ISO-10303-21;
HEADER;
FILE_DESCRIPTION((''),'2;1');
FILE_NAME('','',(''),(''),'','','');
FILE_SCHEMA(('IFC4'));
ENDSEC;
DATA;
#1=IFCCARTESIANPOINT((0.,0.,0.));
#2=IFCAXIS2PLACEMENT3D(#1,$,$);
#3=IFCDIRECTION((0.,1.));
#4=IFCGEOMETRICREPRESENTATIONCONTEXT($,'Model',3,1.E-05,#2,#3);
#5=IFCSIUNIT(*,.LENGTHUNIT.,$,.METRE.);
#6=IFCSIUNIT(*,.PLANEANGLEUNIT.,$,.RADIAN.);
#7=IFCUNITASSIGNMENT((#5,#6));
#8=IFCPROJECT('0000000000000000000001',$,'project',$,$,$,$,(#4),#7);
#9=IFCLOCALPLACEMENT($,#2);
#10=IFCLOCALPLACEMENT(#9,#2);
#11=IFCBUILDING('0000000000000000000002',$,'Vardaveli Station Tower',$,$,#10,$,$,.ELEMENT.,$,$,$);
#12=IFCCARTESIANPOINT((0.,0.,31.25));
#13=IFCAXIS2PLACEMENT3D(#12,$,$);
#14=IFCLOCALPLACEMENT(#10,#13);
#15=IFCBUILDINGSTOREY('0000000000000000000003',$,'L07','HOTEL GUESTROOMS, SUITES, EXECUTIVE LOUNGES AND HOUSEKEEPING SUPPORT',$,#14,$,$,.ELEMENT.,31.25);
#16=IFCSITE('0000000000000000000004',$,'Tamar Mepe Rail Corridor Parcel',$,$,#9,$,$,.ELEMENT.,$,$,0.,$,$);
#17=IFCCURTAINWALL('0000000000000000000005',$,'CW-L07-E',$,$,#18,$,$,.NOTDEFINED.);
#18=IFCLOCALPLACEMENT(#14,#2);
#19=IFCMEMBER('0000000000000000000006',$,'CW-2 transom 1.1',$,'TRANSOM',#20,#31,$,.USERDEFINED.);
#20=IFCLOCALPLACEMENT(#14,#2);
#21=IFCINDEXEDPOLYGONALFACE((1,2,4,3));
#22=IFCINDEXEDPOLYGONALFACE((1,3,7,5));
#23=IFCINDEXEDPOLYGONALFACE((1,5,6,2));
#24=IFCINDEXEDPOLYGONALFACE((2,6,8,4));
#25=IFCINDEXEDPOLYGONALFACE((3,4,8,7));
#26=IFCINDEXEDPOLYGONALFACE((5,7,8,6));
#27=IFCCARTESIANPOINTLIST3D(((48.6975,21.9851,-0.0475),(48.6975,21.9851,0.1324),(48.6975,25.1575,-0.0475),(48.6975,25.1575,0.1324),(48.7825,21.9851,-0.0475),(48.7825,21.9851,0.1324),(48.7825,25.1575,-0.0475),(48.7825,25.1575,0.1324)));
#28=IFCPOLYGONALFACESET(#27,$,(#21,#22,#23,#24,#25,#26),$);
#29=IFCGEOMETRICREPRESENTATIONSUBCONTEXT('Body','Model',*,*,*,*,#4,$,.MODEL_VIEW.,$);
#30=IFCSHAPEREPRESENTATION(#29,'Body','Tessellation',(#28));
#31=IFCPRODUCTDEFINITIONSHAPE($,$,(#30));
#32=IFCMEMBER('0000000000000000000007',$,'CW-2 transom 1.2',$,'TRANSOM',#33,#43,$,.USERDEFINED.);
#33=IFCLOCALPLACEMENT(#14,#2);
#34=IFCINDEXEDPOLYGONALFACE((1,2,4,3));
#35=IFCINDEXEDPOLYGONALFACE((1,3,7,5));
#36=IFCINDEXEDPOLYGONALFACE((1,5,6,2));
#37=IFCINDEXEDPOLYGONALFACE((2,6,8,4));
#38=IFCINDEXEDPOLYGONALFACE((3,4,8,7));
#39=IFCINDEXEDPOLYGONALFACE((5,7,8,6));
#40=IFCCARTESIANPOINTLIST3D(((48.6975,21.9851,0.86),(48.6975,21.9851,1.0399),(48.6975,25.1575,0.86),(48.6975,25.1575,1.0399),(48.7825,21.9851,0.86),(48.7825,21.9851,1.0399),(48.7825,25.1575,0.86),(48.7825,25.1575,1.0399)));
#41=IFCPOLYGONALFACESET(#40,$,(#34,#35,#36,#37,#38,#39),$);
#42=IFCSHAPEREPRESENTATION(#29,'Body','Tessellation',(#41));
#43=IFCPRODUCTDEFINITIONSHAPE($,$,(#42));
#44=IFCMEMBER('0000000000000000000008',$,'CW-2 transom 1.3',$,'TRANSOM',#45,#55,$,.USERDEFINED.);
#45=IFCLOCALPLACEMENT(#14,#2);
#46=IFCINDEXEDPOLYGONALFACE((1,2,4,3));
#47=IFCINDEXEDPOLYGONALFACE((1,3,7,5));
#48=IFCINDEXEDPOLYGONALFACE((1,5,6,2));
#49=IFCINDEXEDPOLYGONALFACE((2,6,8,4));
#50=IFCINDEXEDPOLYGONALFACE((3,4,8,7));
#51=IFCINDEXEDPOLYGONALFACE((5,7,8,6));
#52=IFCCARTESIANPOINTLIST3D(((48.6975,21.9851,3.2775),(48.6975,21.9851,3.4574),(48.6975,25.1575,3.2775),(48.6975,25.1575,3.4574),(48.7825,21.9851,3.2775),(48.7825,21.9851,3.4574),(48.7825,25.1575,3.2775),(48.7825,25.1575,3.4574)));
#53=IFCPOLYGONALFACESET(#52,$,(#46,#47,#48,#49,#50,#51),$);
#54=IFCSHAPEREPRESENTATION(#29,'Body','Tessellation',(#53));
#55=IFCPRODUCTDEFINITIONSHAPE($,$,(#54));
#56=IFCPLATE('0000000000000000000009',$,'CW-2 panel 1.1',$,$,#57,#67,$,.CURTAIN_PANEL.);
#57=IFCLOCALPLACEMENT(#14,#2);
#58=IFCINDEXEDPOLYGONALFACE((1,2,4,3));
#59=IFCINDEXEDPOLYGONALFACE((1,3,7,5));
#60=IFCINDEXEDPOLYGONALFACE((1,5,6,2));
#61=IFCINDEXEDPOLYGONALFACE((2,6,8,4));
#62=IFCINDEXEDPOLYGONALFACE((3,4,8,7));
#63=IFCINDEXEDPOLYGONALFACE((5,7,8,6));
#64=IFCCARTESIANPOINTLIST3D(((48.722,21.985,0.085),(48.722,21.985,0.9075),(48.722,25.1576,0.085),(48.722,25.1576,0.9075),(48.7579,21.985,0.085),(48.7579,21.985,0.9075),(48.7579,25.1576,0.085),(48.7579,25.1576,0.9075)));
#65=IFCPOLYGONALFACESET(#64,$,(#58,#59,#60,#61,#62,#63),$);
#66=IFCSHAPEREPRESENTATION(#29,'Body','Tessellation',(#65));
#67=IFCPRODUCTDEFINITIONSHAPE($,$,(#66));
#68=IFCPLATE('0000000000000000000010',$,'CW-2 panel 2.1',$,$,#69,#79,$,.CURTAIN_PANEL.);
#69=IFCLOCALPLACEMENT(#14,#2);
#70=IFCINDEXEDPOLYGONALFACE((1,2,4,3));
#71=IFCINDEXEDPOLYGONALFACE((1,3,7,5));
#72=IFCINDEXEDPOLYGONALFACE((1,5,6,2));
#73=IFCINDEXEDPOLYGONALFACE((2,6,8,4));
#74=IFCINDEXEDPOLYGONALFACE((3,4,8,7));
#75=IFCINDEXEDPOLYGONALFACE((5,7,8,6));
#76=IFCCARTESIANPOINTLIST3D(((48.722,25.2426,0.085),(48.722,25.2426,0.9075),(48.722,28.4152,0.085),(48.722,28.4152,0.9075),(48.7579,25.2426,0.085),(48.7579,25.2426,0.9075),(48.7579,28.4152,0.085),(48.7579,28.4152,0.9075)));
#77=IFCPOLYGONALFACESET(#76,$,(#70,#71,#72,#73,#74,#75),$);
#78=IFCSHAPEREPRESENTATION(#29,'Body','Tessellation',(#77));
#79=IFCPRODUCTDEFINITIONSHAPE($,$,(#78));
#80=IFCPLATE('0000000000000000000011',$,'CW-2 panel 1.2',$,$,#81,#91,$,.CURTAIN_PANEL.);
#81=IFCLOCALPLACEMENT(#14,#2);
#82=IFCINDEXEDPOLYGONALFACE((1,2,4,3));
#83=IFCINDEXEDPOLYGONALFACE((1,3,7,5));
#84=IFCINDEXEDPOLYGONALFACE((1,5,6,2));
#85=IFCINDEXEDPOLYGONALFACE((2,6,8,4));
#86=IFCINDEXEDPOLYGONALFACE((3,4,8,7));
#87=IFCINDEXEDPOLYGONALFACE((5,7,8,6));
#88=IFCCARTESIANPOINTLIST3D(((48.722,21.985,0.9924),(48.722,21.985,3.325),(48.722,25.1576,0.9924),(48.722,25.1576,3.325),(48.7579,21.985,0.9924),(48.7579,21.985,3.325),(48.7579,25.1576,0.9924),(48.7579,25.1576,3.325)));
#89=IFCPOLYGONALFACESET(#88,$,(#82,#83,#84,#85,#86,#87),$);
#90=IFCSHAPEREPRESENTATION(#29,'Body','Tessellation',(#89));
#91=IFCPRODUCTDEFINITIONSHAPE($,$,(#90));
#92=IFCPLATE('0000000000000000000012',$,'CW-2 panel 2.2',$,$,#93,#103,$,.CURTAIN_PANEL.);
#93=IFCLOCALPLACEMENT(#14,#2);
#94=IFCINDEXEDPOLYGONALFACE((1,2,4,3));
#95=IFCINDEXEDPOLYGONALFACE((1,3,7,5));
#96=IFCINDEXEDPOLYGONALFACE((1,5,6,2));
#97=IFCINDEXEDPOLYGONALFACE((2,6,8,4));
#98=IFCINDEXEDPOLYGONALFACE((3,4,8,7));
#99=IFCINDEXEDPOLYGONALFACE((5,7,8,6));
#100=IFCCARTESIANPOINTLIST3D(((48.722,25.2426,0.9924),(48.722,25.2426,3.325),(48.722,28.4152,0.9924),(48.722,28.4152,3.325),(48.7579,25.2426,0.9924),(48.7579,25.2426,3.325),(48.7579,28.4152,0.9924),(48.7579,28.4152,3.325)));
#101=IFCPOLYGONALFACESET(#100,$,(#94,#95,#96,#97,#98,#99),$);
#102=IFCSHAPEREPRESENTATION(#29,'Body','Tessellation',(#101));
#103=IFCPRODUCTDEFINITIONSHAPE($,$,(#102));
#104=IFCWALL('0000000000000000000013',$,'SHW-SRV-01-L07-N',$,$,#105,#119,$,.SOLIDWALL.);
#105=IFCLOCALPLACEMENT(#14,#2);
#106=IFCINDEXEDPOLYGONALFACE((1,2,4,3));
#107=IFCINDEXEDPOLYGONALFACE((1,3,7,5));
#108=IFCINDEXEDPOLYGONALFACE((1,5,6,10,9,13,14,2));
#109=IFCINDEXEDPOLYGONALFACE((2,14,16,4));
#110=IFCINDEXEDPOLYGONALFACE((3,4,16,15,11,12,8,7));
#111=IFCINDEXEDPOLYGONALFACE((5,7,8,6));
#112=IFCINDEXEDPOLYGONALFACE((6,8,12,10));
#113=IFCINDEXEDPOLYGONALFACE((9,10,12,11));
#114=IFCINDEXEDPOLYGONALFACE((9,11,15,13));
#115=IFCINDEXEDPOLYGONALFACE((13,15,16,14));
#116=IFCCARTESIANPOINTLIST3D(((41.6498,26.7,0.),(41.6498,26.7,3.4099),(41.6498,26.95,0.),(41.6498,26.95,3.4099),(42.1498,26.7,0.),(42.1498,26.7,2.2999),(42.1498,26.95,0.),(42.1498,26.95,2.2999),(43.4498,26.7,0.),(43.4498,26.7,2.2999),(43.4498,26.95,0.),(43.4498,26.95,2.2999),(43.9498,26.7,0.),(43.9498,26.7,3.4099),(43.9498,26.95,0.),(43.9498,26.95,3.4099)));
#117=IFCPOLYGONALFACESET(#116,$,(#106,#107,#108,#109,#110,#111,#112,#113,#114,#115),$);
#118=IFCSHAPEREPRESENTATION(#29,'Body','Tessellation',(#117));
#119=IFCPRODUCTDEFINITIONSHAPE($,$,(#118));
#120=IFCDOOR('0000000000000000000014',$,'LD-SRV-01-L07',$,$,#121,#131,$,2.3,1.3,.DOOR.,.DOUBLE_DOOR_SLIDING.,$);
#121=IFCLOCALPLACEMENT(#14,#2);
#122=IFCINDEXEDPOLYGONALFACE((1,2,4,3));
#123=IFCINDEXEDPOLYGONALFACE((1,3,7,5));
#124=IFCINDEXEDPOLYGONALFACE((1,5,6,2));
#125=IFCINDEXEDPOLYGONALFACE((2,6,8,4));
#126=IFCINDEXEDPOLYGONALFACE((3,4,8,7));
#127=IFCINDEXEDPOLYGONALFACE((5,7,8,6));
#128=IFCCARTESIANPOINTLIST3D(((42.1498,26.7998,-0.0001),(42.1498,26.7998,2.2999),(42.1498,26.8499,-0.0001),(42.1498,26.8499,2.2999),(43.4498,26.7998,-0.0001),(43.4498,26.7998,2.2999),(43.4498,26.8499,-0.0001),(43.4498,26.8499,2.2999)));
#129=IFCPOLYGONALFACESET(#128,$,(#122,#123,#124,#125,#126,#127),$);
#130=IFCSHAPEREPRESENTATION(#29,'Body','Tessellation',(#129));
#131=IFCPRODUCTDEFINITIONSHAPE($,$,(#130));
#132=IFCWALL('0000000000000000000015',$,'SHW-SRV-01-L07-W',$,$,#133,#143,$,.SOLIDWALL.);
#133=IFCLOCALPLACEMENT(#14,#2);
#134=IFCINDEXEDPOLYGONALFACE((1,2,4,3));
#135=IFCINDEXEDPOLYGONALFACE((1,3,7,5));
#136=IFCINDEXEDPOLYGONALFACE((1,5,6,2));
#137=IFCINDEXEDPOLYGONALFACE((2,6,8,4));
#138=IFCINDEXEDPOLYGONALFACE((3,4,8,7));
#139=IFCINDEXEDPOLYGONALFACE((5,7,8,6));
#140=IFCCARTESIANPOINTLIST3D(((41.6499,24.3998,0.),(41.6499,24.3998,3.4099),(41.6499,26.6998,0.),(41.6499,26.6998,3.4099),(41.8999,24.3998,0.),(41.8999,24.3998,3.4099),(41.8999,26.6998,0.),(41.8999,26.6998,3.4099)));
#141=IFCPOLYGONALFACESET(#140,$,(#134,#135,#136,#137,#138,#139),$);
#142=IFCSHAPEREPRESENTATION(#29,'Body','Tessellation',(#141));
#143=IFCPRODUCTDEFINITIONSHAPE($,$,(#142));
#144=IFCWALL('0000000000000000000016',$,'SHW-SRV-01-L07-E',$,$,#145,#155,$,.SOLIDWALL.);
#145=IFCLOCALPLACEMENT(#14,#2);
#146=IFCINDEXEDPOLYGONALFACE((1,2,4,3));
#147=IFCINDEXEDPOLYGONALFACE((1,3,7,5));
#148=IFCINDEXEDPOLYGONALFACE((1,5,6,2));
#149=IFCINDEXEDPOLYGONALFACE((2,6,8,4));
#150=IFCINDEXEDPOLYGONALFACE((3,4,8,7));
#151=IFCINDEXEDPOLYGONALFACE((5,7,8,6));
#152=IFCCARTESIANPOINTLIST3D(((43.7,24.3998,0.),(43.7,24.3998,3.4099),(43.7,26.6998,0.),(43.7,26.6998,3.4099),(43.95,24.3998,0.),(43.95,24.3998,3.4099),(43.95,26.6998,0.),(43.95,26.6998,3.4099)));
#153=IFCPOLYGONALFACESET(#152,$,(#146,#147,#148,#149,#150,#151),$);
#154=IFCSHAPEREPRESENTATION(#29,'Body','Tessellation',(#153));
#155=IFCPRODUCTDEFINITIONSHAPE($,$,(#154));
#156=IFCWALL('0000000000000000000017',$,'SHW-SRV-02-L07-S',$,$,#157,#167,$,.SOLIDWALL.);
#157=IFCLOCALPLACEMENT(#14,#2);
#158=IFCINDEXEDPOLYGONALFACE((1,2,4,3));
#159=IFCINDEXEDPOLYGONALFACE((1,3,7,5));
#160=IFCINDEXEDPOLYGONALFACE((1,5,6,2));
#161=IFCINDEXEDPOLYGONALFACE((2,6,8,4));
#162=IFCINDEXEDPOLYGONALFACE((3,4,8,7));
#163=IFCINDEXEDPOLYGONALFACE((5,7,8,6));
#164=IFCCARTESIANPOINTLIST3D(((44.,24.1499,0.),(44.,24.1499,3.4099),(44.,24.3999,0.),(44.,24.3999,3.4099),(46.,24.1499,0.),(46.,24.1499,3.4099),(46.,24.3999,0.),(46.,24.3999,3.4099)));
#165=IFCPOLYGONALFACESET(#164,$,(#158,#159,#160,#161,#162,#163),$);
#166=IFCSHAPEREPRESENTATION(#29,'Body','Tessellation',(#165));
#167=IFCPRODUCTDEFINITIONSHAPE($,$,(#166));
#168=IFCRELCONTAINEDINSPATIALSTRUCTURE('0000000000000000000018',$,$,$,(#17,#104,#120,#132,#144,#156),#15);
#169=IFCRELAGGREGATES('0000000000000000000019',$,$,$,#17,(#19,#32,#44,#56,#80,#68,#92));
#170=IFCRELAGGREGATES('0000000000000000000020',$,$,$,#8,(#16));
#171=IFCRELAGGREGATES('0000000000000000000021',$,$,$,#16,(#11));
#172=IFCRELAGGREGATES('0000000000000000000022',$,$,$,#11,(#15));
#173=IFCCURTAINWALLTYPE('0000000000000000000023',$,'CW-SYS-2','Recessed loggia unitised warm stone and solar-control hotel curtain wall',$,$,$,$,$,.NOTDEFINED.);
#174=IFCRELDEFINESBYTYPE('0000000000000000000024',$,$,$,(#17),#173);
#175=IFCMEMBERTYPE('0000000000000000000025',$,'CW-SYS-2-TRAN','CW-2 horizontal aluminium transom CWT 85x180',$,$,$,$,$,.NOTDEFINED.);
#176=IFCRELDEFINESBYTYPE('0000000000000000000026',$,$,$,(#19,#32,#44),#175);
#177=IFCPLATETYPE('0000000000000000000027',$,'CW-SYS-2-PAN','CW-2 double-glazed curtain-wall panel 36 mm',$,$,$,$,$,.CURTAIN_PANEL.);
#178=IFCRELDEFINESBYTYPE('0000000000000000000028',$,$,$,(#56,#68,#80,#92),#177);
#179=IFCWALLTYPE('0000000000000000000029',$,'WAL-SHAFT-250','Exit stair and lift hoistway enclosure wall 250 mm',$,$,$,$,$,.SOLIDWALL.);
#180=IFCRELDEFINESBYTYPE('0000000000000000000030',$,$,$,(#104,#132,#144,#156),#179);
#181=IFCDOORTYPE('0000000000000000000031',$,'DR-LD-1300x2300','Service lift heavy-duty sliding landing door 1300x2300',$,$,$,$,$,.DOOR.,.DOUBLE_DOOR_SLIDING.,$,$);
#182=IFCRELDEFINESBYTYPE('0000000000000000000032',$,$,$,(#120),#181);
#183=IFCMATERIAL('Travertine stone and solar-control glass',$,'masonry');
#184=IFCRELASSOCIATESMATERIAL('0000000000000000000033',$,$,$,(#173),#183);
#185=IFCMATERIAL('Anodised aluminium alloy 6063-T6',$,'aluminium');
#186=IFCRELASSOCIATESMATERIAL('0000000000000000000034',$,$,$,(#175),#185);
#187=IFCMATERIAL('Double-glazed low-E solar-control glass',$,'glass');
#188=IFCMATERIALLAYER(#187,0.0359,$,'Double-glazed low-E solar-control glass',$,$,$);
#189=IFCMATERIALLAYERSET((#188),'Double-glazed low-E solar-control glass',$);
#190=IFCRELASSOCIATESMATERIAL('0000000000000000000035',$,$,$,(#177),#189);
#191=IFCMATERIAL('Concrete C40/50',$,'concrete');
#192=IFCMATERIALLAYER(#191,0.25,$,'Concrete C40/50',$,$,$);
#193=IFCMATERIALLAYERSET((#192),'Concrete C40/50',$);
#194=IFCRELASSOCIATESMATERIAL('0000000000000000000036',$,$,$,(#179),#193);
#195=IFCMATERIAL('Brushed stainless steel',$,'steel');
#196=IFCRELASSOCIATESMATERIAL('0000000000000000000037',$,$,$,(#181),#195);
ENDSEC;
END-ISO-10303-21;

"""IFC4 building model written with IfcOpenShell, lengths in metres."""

from ifc_helpers import new_model, si_unit, direction, frame, frame_2d, origin, origin_2d, place, context, subcontext, project, spatial, rectangle, extrude, source, transform, mapped, material, layer, layer_set, material_profile, profile_set, type_object, element, fill, aggregate, save


model = new_model("IFC4")

# Units and contexts
model_context = context("Model", 3, precision=1e-05, world=origin(), true_north=direction((0.0, 1.0)))
body_context = subcontext(model_context, "Body", "Model", "MODEL_VIEW")
ifc_project = project(units=[si_unit("LENGTHUNIT", "METRE"), si_unit("PLANEANGLEUNIT", "RADIAN")], contexts=[model_context])

# Site, building, storey
site_placement = place(None, origin())
site = spatial("IfcSite", under=ifc_project, at=site_placement, Name="Tamar Mepe Rail Corridor Parcel", CompositionType="ELEMENT", RefElevation=0.0)
building_placement = place(site_placement, origin())
building = spatial("IfcBuilding", under=site, at=building_placement, Name="Vardaveli Station Tower", CompositionType="ELEMENT")
storey_placement = place(building_placement, frame((0.0, 0.0, 31.25)))
storey = spatial("IfcBuildingStorey", under=building, at=storey_placement, Name="L07", Description="HOTEL GUESTROOMS, SUITES, EXECUTIVE LOUNGES AND HOUSEKEEPING SUPPORT", CompositionType="ELEMENT", Elevation=31.25)

# Curtain wall, members, plates
ifc_material_1 = material(Name="Travertine stone and solar-control glass", Category="masonry")
curtain_wall_type = type_object("IfcCurtainWallType", Name="CW-SYS-2", Description="Recessed loggia unitised warm stone and solar-control hotel curtain wall", PredefinedType="NOTDEFINED", material=ifc_material_1)
curtain_wall_placement = place(storey_placement, origin())
curtain_wall = element("IfcCurtainWall", 1, at=curtain_wall_placement, inside=storey, type_object=curtain_wall_type, Name="CW-L07-E", PredefinedType="NOTDEFINED")
ifc_material_2 = material(Name="Anodised aluminium alloy 6063-T6", Category="aluminium")
ifc_material_profile_1 = material_profile(ifc_material_2, rectangle(XDim=0.085, YDim=0.1799, at=origin_2d()), Name="CWT 85x180")
ifc_profile_set_1 = profile_set([ifc_material_profile_1], Name="Anodised aluminium alloy 6063-T6")
member_type_1 = type_object("IfcMemberType", Name="CW-SYS-2-TRAN", Description="CW-2 horizontal aluminium transom CWT 85x180", PredefinedType="NOTDEFINED", material=ifc_profile_set_1)
shared_shape_1 = source(origin(), body_context, "Body", "SweptSolid", [
    extrude(rectangle(XDim=0.085, YDim=0.1799, at=origin_2d()), origin(), (0.0, 0.0, 1.0), 3.1724),
])
member_1_placement = place(storey_placement, frame((48.74, 21.9851, 0.0425), z_axis=(0.0, 1.0, 0.0), x_axis=(-1.0, 0.0, 0.0)))
member_1 = element("IfcMember", 2, at=member_1_placement, type_object=member_type_1, Name="CW-2 transom 1.1", ObjectType="TRANSOM", PredefinedType="USERDEFINED", context=body_context, shape_type="MappedRepresentation", body=[
    mapped(shared_shape_1, transform((0.0, 0.0, 0.0), scale=1.0)),
])
member_2_placement = place(storey_placement, frame((48.74, 21.9851, 0.95), z_axis=(0.0, 1.0, 0.0), x_axis=(-1.0, 0.0, 0.0)))
member_2 = element("IfcMember", 3, at=member_2_placement, type_object=member_type_1, Name="CW-2 transom 1.2", ObjectType="TRANSOM", PredefinedType="USERDEFINED", context=body_context, shape_type="MappedRepresentation", body=[
    mapped(shared_shape_1, transform((0.0, 0.0, 0.0), scale=1.0)),
])
member_3_placement = place(storey_placement, frame((48.74, 21.9851, 3.3674), z_axis=(0.0, 1.0, 0.0), x_axis=(-1.0, 0.0, 0.0)))
member_3 = element("IfcMember", 4, at=member_3_placement, type_object=member_type_1, Name="CW-2 transom 1.3", ObjectType="TRANSOM", PredefinedType="USERDEFINED", context=body_context, shape_type="MappedRepresentation", body=[
    mapped(shared_shape_1, transform((0.0, 0.0, 0.0), scale=1.0)),
])
ifc_material_3 = material(Name="Double-glazed low-E solar-control glass", Category="glass")
ifc_layer_1 = layer(ifc_material_3, 0.0359, Name="Double-glazed low-E solar-control glass")
ifc_layer_set_1 = layer_set([ifc_layer_1], Name="Double-glazed low-E solar-control glass")
plate_type = type_object("IfcPlateType", Name="CW-SYS-2-PAN", Description="CW-2 double-glazed curtain-wall panel 36 mm", PredefinedType="CURTAIN_PANEL", material=ifc_layer_set_1)
shared_shape_2 = source(origin(), body_context, "Body", "SweptSolid", [
    extrude(rectangle(XDim=3.1726, YDim=0.0359, at=origin_2d()), origin(), (0.0, 0.0, 1.0), 0.8225),
])
plate_1_placement = place(storey_placement, frame((48.74, 23.5713, 0.085), z_axis=(0.0, 0.0, 1.0), x_axis=(0.0, 1.0, 0.0)))
plate_1 = element("IfcPlate", 5, at=plate_1_placement, type_object=plate_type, Name="CW-2 panel 1.1", PredefinedType="CURTAIN_PANEL", context=body_context, shape_type="MappedRepresentation", body=[
    mapped(shared_shape_2, transform((0.0, 0.0, 0.0), scale=1.0)),
])
plate_2_placement = place(storey_placement, frame((48.74, 26.8289, 0.085), z_axis=(0.0, 0.0, 1.0), x_axis=(0.0, 1.0, 0.0)))
plate_2 = element("IfcPlate", 6, at=plate_2_placement, type_object=plate_type, Name="CW-2 panel 2.1", PredefinedType="CURTAIN_PANEL", context=body_context, shape_type="MappedRepresentation", body=[
    mapped(shared_shape_2, transform((0.0, 0.0, 0.0), scale=1.0)),
])
shared_shape_3 = source(origin(), body_context, "Body", "SweptSolid", [
    extrude(rectangle(XDim=3.1726, YDim=0.0359, at=origin_2d()), origin(), (0.0, 0.0, 1.0), 2.3325),
])
plate_3_placement = place(storey_placement, frame((48.74, 23.5713, 0.9924), z_axis=(0.0, 0.0, 1.0), x_axis=(0.0, 1.0, 0.0)))
plate_3 = element("IfcPlate", 7, at=plate_3_placement, type_object=plate_type, Name="CW-2 panel 1.2", PredefinedType="CURTAIN_PANEL", context=body_context, shape_type="MappedRepresentation", body=[
    mapped(shared_shape_3, transform((0.0, 0.0, 0.0), scale=1.0)),
])
plate_4_placement = place(storey_placement, frame((48.74, 26.8289, 0.9924), z_axis=(0.0, 0.0, 1.0), x_axis=(0.0, 1.0, 0.0)))
plate_4 = element("IfcPlate", 8, at=plate_4_placement, type_object=plate_type, Name="CW-2 panel 2.2", PredefinedType="CURTAIN_PANEL", context=body_context, shape_type="MappedRepresentation", body=[
    mapped(shared_shape_3, transform((0.0, 0.0, 0.0), scale=1.0)),
])
aggregate(curtain_wall, [member_1, member_2, member_3, plate_1, plate_3, plate_2, plate_4])

# Wall, opening, door
ifc_material_4 = material(Name="Concrete C40/50", Category="concrete")
ifc_layer_2 = layer(ifc_material_4, 0.25, Name="Concrete C40/50")
ifc_layer_set_2 = layer_set([ifc_layer_2], Name="Concrete C40/50")
wall_type = type_object("IfcWallType", Name="WAL-SHAFT-250", Description="Exit stair and lift hoistway enclosure wall 250 mm", PredefinedType="SOLIDWALL", material=ifc_layer_set_2)
shared_shape_4 = source(origin(), body_context, "Body", "SweptSolid", [
    extrude(rectangle(XDim=2.3, YDim=0.25, at=frame_2d((1.1499, 0.0))), origin(), (0.0, 0.0, 1.0), 3.4099),
])
wall_1_placement = place(storey_placement, frame((41.6499, 26.825, 0.0), z_axis=(0.0, 0.0, 1.0), x_axis=(1.0, 0.0, 0.0)))
wall_1 = element("IfcWall", 9, at=wall_1_placement, inside=storey, type_object=wall_type, Name="SHW-SRV-01-L07-N", PredefinedType="SOLIDWALL", context=body_context, shape_type="MappedRepresentation", body=[
    mapped(shared_shape_4, transform((0.0, 0.0, 0.0), scale=1.0)),
])
shared_shape_5 = source(origin(), body_context, "Body", "SweptSolid", [
    extrude(rectangle(XDim=1.3, YDim=2.3, at=frame_2d((0.6499, 1.1499))), frame((0.0, 0.135, 0.0), z_axis=(0.0, -1.0, 0.0), x_axis=(1.0, 0.0, 0.0)), (0.0, 0.0, 1.0), 0.27),
])
opening_1_placement = place(wall_1_placement, frame((0.5, 0.0, 0.0)))
opening_1 = element("IfcOpeningElement", 10, at=opening_1_placement, cuts=wall_1, PredefinedType="OPENING", context=body_context, shape_type="MappedRepresentation", body=[
    mapped(shared_shape_5, transform((0.0, 0.0, 0.0), scale=1.0)),
])
ifc_material_5 = material(Name="Brushed stainless steel", Category="steel")
door_type = type_object("IfcDoorType", Name="DR-LD-1300x2300", Description="Service lift heavy-duty sliding landing door 1300x2300", OperationType="DOUBLE_DOOR_SLIDING", PredefinedType="DOOR", material=ifc_material_5)
shared_shape_6 = source(origin(), body_context, "Body", "SweptSolid", [
    extrude(rectangle(XDim=1.3, YDim=2.3, at=frame_2d((0.6499, 1.1499))), frame((0.0, 0.0249, 0.0), z_axis=(0.0, -1.0, 0.0), x_axis=(1.0, 0.0, 0.0)), (0.0, 0.0, 1.0), 0.05),
])
door_1_placement = place(opening_1_placement, origin())
door_1 = element("IfcDoor", 11, at=door_1_placement, inside=storey, type_object=door_type, Name="LD-SRV-01-L07", OperationType="DOUBLE_DOOR_SLIDING", OverallHeight=2.3, OverallWidth=1.3, PredefinedType="DOOR", context=body_context, shape_type="MappedRepresentation", body=[
    mapped(shared_shape_6, transform((0.0, 0.0, 0.0), scale=1.0)),
])
fill(opening_1, door_1)

# Walls
for number, where, z_axis, x_axis, name in (
    (12, (41.7749, 24.3999, 0.0), (0.0, 0.0, 1.0), (0.0, 1.0, 0.0), "SHW-SRV-01-L07-W"),
    (13, (43.825, 24.3999, 0.0), (0.0, 0.0, 1.0), (0.0, 1.0, 0.0), "SHW-SRV-01-L07-E"),
):
    element("IfcWall", number, at=place(storey_placement, frame(where, z_axis=z_axis, x_axis=x_axis)), inside=storey, type_object=wall_type, Name=name, PredefinedType="SOLIDWALL", context=body_context, shape_type="MappedRepresentation", body=[
        mapped(shared_shape_4, transform((0.0, 0.0, 0.0), scale=1.0)),
    ])
shared_shape_7 = source(origin(), body_context, "Body", "SweptSolid", [
    extrude(rectangle(XDim=2.0, YDim=0.25, at=frame_2d((1.0, 0.0))), origin(), (0.0, 0.0, 1.0), 3.4099),
])
wall_2_placement = place(storey_placement, frame((44.0, 24.2749, 0.0), z_axis=(0.0, 0.0, 1.0), x_axis=(1.0, 0.0, 0.0)))
element("IfcWall", 14, at=wall_2_placement, inside=storey, type_object=wall_type, Name="SHW-SRV-02-L07-S", PredefinedType="SOLIDWALL", context=body_context, shape_type="MappedRepresentation", body=[
    mapped(shared_shape_7, transform((0.0, 0.0, 0.0), scale=1.0)),
])

save(model, "model.ifc")
